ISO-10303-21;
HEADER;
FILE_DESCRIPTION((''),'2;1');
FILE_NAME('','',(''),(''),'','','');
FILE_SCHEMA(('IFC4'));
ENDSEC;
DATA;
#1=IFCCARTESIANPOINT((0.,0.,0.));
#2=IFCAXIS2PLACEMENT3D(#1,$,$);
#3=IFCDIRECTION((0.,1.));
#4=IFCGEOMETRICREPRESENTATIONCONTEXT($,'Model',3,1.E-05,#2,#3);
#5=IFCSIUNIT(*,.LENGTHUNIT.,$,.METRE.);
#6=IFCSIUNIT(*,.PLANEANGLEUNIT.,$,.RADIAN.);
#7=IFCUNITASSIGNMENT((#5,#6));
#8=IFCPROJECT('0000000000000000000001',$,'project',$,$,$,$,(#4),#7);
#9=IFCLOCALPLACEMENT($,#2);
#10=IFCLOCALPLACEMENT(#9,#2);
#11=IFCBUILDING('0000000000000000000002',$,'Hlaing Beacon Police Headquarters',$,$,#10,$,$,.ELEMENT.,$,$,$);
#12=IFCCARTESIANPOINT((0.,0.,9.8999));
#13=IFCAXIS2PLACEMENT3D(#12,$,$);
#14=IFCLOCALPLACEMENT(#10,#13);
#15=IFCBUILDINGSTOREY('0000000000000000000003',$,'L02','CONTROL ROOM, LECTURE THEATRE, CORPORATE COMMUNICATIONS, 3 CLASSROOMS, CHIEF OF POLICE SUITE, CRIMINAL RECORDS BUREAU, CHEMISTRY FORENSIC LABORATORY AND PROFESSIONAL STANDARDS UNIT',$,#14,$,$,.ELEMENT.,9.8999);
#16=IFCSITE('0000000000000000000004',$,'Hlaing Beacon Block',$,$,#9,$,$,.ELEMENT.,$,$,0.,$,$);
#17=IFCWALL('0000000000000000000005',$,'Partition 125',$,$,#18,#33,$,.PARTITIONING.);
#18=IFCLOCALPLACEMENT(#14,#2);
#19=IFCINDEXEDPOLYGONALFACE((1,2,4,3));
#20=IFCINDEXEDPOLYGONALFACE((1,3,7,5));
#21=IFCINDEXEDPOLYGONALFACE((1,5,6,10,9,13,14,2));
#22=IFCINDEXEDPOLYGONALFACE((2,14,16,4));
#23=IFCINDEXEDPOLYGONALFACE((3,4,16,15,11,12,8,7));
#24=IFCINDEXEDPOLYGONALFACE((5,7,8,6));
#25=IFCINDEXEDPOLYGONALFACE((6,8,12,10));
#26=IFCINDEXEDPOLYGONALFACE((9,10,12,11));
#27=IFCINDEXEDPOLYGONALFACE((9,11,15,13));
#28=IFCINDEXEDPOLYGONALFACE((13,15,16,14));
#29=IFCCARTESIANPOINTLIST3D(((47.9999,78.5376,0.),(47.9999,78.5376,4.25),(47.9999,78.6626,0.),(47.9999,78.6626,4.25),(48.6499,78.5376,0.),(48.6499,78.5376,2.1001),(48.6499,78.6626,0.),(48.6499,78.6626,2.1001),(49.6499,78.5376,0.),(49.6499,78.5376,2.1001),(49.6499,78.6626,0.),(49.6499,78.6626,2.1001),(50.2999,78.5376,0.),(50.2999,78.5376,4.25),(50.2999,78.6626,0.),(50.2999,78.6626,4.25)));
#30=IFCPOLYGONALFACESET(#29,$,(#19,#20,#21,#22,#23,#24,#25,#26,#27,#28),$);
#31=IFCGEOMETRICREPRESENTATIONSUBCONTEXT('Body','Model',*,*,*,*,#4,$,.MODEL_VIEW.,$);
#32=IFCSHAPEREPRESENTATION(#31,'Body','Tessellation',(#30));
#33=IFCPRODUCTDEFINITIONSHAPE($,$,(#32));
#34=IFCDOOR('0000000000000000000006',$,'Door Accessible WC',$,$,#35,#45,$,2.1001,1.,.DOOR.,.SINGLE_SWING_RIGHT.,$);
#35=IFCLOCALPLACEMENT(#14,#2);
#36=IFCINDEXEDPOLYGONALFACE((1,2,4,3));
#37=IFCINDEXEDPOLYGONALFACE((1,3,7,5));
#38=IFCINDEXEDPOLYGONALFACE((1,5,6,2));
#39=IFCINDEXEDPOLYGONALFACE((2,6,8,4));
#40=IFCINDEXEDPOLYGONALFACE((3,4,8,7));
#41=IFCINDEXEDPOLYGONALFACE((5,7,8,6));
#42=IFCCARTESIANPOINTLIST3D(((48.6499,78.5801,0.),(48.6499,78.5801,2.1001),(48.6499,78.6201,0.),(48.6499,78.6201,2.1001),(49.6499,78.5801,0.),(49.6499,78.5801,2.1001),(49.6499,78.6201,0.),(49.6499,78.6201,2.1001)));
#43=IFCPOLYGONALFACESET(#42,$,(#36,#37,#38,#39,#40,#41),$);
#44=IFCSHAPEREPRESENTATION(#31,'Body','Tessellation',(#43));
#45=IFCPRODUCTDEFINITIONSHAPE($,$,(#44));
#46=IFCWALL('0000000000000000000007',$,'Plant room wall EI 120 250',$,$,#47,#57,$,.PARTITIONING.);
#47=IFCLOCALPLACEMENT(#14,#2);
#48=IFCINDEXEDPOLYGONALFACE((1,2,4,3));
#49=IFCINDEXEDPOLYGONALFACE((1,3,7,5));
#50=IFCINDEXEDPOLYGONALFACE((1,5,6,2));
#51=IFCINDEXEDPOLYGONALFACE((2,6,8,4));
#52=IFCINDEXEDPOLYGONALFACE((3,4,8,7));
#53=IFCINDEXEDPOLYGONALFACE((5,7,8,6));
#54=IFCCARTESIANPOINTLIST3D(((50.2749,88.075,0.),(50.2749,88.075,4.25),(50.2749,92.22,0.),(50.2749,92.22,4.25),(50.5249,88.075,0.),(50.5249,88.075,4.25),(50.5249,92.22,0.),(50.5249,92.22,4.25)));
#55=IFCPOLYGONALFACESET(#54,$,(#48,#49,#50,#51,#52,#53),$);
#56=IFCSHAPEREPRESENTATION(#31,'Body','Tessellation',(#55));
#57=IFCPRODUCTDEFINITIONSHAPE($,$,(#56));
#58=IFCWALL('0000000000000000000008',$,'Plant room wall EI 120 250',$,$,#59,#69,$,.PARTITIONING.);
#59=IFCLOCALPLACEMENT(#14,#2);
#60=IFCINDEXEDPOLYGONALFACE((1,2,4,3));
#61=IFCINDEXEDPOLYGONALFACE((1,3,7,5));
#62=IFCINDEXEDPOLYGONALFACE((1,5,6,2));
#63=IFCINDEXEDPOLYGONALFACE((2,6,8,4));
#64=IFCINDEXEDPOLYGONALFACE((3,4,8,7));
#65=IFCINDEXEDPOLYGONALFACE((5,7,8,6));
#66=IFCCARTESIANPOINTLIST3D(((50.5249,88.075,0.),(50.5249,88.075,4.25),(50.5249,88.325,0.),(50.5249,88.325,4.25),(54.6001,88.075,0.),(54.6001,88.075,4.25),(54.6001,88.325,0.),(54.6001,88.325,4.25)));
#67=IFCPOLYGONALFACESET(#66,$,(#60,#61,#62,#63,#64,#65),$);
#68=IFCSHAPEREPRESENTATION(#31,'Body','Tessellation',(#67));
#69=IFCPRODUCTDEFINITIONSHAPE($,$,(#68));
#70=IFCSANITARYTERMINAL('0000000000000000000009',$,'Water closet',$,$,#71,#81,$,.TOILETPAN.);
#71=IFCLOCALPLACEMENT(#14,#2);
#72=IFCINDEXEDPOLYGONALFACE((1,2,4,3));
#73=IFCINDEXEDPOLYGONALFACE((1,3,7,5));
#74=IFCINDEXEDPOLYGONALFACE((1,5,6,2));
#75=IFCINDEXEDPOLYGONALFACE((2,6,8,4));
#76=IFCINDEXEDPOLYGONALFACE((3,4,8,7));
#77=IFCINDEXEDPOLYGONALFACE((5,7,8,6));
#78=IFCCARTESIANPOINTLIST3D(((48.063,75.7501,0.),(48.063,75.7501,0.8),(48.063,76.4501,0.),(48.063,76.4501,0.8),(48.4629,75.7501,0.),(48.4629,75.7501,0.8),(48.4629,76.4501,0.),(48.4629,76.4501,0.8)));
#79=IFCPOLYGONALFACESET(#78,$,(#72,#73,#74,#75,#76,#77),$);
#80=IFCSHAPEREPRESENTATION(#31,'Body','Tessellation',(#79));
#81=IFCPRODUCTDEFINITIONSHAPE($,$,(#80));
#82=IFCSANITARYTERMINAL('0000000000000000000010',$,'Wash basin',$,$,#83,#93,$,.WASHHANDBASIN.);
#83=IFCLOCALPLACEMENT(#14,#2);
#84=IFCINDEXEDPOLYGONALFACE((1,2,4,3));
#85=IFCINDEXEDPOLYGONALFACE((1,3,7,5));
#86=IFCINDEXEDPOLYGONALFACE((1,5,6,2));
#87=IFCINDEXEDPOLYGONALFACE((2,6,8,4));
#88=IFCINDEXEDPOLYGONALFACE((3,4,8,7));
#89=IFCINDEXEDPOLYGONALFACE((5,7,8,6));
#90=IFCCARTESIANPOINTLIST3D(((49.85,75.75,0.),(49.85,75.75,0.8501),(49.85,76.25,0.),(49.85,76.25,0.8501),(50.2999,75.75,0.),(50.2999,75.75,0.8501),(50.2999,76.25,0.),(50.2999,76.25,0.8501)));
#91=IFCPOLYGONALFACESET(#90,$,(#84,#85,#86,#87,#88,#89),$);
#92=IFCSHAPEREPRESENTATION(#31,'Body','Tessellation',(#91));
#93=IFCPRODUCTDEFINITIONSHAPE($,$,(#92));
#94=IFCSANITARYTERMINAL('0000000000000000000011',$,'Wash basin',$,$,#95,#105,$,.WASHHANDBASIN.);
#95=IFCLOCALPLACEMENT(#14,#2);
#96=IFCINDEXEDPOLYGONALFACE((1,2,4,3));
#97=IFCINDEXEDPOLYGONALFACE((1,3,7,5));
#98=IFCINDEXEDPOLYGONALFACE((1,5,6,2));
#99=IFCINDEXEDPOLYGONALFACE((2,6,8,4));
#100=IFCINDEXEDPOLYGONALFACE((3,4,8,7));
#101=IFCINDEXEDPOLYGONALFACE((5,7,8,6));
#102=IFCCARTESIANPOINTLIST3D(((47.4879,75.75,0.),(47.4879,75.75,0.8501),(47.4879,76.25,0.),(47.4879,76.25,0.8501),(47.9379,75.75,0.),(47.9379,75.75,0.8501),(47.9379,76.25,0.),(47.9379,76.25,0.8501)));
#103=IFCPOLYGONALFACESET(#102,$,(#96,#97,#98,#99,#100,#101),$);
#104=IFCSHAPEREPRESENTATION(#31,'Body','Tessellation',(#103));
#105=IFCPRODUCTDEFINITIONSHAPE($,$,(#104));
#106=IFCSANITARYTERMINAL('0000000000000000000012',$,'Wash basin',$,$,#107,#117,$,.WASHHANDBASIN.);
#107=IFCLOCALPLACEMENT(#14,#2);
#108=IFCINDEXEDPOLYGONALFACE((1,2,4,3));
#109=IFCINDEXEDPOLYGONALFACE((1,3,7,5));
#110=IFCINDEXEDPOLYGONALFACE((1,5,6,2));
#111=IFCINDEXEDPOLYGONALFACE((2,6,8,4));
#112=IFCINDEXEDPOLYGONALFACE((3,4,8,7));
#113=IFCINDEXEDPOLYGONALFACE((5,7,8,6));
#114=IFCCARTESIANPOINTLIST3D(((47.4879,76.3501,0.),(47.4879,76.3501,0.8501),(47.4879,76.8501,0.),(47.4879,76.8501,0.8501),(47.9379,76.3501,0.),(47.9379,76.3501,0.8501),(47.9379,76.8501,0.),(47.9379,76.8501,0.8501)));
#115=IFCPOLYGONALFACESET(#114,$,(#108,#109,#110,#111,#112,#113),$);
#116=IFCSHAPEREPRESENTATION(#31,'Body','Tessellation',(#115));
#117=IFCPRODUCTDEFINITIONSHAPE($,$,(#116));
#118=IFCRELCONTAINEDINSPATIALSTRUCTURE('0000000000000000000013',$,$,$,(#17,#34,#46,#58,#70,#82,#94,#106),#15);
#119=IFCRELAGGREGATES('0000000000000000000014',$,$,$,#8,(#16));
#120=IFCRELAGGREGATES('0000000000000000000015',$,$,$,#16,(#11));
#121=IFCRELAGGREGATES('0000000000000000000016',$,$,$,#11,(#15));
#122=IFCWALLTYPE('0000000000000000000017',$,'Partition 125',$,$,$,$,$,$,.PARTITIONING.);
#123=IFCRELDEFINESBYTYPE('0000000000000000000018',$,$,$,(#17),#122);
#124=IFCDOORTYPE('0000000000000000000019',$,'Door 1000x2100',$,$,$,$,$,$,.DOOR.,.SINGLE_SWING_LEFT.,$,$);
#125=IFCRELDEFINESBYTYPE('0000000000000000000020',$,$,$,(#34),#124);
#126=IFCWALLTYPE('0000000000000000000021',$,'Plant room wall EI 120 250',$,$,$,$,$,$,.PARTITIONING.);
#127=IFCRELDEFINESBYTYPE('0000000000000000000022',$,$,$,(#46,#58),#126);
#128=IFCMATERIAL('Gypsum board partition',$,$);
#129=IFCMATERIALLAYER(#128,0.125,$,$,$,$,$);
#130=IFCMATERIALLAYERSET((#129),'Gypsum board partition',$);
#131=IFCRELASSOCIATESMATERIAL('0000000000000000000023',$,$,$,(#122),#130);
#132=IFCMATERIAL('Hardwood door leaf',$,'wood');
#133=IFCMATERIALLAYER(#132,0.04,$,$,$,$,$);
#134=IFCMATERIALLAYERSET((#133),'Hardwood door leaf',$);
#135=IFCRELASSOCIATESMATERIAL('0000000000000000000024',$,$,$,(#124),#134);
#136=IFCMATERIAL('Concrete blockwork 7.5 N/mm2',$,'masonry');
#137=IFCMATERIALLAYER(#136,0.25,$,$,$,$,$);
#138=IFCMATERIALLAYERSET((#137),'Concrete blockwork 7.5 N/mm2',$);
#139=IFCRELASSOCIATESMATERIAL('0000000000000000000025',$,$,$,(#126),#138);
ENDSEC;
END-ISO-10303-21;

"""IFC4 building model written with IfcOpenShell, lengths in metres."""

from ifc_helpers import new_model, si_unit, direction, frame, frame_2d, origin, origin_2d, place, context, subcontext, project, spatial, rectangle, extrude, material, layer, layer_set, type_object, element, fill, save


model = new_model("IFC4")

# Units and contexts
model_context = context("Model", 3, precision=1e-05, world=origin(), true_north=direction((0.0, 1.0)))
body_context = subcontext(model_context, "Body", "Model", "MODEL_VIEW")
ifc_project = project(units=[si_unit("LENGTHUNIT", "METRE"), si_unit("PLANEANGLEUNIT", "RADIAN")], contexts=[model_context])

# Site, building, storey
site_placement = place(None, origin())
site = spatial("IfcSite", under=ifc_project, at=site_placement, Name="Hlaing Beacon Block", CompositionType="ELEMENT", RefElevation=0.0)
building_placement = place(site_placement, origin())
building = spatial("IfcBuilding", under=site, at=building_placement, Name="Hlaing Beacon Police Headquarters", CompositionType="ELEMENT")
storey_placement = place(building_placement, frame((0.0, 0.0, 9.8999)))
storey = spatial("IfcBuildingStorey", under=building, at=storey_placement, Name="L02", Description="CONTROL ROOM, LECTURE THEATRE, CORPORATE COMMUNICATIONS, 3 CLASSROOMS, CHIEF OF POLICE SUITE, CRIMINAL RECORDS BUREAU, CHEMISTRY FORENSIC LABORATORY AND PROFESSIONAL STANDARDS UNIT", CompositionType="ELEMENT", Elevation=9.8999)

# Wall, opening, door
ifc_material_1 = material(Name="Gypsum board partition")
ifc_layer_1 = layer(ifc_material_1, 0.125)
ifc_layer_set_1 = layer_set([ifc_layer_1], Name="Gypsum board partition")
wall_type_1 = type_object("IfcWallType", Name="Partition 125", PredefinedType="PARTITIONING", material=ifc_layer_set_1)
wall_1_placement = place(storey_placement, frame((48.0, 78.6001, 0.0), z_axis=(0.0, 0.0, 1.0), x_axis=(1.0, 0.0, 0.0)))
wall_1 = element("IfcWall", 1, at=wall_1_placement, inside=storey, type_object=wall_type_1, Name="Partition 125", PredefinedType="PARTITIONING", context=body_context, shape_type="SweptSolid", body=[
    extrude(rectangle(XDim=2.3, YDim=0.125, at=frame_2d((1.1499, 0.0))), origin(), (0.0, 0.0, 1.0), 4.25),
])
opening_placement = place(wall_1_placement, frame((0.6499, 0.0, 0.0)))
opening = element("IfcOpeningElement", 2, at=opening_placement, cuts=wall_1, PredefinedType="OPENING", context=body_context, shape_type="SweptSolid", body=[
    extrude(rectangle(XDim=1.0, YDim=2.1001, at=frame_2d((0.5, 1.05))), frame((0.0, 0.0725, 0.0), z_axis=(0.0, -1.0, 0.0), x_axis=(1.0, 0.0, 0.0)), (0.0, 0.0, 1.0), 0.145),
])
ifc_material_2 = material(Name="Hardwood door leaf", Category="wood")
ifc_layer_2 = layer(ifc_material_2, 0.04)
ifc_layer_set_2 = layer_set([ifc_layer_2], Name="Hardwood door leaf")
door_type = type_object("IfcDoorType", Name="Door 1000x2100", OperationType="SINGLE_SWING_LEFT", PredefinedType="DOOR", material=ifc_layer_set_2)
door_placement = place(opening_placement, frame((1.0, 0.0, 0.0), z_axis=(0.0, 0.0, 1.0), x_axis=(-1.0, 0.0, 0.0)))
door = element("IfcDoor", 3, at=door_placement, inside=storey, type_object=door_type, Name="Door Accessible WC", OperationType="SINGLE_SWING_RIGHT", OverallHeight=2.1001, OverallWidth=1.0, PredefinedType="DOOR", context=body_context, shape_type="SweptSolid", body=[
    extrude(rectangle(XDim=1.0, YDim=2.1001, at=frame_2d((0.5, 1.05))), frame((0.0, 0.02, 0.0), z_axis=(0.0, -1.0, 0.0), x_axis=(1.0, 0.0, 0.0)), (0.0, 0.0, 1.0), 0.04),
])
fill(opening, door)

# Walls
ifc_material_3 = material(Name="Concrete blockwork 7.5 N/mm2", Category="masonry")
ifc_layer_3 = layer(ifc_material_3, 0.25)
ifc_layer_set_3 = layer_set([ifc_layer_3], Name="Concrete blockwork 7.5 N/mm2")
wall_type_2 = type_object("IfcWallType", Name="Plant room wall EI 120 250", PredefinedType="PARTITIONING", material=ifc_layer_set_3)
wall_2_placement = place(storey_placement, frame((50.3999, 88.075, 0.0), z_axis=(0.0, 0.0, 1.0), x_axis=(0.0, 1.0, 0.0)))
element("IfcWall", 4, at=wall_2_placement, inside=storey, type_object=wall_type_2, Name="Plant room wall EI 120 250", PredefinedType="PARTITIONING", context=body_context, shape_type="SweptSolid", body=[
    extrude(rectangle(XDim=4.145, YDim=0.25, at=frame_2d((2.0725, 0.0))), origin(), (0.0, 0.0, 1.0), 4.25),
])
wall_3_placement = place(storey_placement, frame((50.5249, 88.2, 0.0), z_axis=(0.0, 0.0, 1.0), x_axis=(1.0, 0.0, 0.0)))
element("IfcWall", 5, at=wall_3_placement, inside=storey, type_object=wall_type_2, Name="Plant room wall EI 120 250", PredefinedType="PARTITIONING", context=body_context, shape_type="SweptSolid", body=[
    extrude(rectangle(XDim=4.0752, YDim=0.25, at=frame_2d((2.0376, 0.0))), origin(), (0.0, 0.0, 1.0), 4.25),
])

# Sanitary terminals
sanitary_terminal_placement = place(storey_placement, frame((48.2629, 76.1001, 0.0), z_axis=(0.0, 0.0, 1.0), x_axis=(1.0, 0.0, 0.0)))
element("IfcSanitaryTerminal", 6, at=sanitary_terminal_placement, inside=storey, Name="Water closet", PredefinedType="TOILETPAN", context=body_context, shape_type="SweptSolid", body=[
    extrude(rectangle(XDim=0.3999, YDim=0.7, at=origin_2d()), origin(), (0.0, 0.0, 1.0), 0.8),
])
for number, where, z_axis, x_axis, name in (
    (7, (50.075, 76.0, 0.0), (0.0, 0.0, 1.0), (1.0, 0.0, 0.0), "Wash basin"),
    (8, (47.7129, 76.0, 0.0), (0.0, 0.0, 1.0), (1.0, 0.0, 0.0), "Wash basin"),
    (9, (47.7129, 76.6001, 0.0), (0.0, 0.0, 1.0), (1.0, 0.0, 0.0), "Wash basin"),
):
    element("IfcSanitaryTerminal", number, at=place(storey_placement, frame(where, z_axis=z_axis, x_axis=x_axis)), inside=storey, Name=name, PredefinedType="WASHHANDBASIN", context=body_context, shape_type="SweptSolid", body=[
        extrude(rectangle(XDim=0.45, YDim=0.5, at=origin_2d()), origin(), (0.0, 0.0, 1.0), 0.8501),
    ])

save(model, "model.ifc")
